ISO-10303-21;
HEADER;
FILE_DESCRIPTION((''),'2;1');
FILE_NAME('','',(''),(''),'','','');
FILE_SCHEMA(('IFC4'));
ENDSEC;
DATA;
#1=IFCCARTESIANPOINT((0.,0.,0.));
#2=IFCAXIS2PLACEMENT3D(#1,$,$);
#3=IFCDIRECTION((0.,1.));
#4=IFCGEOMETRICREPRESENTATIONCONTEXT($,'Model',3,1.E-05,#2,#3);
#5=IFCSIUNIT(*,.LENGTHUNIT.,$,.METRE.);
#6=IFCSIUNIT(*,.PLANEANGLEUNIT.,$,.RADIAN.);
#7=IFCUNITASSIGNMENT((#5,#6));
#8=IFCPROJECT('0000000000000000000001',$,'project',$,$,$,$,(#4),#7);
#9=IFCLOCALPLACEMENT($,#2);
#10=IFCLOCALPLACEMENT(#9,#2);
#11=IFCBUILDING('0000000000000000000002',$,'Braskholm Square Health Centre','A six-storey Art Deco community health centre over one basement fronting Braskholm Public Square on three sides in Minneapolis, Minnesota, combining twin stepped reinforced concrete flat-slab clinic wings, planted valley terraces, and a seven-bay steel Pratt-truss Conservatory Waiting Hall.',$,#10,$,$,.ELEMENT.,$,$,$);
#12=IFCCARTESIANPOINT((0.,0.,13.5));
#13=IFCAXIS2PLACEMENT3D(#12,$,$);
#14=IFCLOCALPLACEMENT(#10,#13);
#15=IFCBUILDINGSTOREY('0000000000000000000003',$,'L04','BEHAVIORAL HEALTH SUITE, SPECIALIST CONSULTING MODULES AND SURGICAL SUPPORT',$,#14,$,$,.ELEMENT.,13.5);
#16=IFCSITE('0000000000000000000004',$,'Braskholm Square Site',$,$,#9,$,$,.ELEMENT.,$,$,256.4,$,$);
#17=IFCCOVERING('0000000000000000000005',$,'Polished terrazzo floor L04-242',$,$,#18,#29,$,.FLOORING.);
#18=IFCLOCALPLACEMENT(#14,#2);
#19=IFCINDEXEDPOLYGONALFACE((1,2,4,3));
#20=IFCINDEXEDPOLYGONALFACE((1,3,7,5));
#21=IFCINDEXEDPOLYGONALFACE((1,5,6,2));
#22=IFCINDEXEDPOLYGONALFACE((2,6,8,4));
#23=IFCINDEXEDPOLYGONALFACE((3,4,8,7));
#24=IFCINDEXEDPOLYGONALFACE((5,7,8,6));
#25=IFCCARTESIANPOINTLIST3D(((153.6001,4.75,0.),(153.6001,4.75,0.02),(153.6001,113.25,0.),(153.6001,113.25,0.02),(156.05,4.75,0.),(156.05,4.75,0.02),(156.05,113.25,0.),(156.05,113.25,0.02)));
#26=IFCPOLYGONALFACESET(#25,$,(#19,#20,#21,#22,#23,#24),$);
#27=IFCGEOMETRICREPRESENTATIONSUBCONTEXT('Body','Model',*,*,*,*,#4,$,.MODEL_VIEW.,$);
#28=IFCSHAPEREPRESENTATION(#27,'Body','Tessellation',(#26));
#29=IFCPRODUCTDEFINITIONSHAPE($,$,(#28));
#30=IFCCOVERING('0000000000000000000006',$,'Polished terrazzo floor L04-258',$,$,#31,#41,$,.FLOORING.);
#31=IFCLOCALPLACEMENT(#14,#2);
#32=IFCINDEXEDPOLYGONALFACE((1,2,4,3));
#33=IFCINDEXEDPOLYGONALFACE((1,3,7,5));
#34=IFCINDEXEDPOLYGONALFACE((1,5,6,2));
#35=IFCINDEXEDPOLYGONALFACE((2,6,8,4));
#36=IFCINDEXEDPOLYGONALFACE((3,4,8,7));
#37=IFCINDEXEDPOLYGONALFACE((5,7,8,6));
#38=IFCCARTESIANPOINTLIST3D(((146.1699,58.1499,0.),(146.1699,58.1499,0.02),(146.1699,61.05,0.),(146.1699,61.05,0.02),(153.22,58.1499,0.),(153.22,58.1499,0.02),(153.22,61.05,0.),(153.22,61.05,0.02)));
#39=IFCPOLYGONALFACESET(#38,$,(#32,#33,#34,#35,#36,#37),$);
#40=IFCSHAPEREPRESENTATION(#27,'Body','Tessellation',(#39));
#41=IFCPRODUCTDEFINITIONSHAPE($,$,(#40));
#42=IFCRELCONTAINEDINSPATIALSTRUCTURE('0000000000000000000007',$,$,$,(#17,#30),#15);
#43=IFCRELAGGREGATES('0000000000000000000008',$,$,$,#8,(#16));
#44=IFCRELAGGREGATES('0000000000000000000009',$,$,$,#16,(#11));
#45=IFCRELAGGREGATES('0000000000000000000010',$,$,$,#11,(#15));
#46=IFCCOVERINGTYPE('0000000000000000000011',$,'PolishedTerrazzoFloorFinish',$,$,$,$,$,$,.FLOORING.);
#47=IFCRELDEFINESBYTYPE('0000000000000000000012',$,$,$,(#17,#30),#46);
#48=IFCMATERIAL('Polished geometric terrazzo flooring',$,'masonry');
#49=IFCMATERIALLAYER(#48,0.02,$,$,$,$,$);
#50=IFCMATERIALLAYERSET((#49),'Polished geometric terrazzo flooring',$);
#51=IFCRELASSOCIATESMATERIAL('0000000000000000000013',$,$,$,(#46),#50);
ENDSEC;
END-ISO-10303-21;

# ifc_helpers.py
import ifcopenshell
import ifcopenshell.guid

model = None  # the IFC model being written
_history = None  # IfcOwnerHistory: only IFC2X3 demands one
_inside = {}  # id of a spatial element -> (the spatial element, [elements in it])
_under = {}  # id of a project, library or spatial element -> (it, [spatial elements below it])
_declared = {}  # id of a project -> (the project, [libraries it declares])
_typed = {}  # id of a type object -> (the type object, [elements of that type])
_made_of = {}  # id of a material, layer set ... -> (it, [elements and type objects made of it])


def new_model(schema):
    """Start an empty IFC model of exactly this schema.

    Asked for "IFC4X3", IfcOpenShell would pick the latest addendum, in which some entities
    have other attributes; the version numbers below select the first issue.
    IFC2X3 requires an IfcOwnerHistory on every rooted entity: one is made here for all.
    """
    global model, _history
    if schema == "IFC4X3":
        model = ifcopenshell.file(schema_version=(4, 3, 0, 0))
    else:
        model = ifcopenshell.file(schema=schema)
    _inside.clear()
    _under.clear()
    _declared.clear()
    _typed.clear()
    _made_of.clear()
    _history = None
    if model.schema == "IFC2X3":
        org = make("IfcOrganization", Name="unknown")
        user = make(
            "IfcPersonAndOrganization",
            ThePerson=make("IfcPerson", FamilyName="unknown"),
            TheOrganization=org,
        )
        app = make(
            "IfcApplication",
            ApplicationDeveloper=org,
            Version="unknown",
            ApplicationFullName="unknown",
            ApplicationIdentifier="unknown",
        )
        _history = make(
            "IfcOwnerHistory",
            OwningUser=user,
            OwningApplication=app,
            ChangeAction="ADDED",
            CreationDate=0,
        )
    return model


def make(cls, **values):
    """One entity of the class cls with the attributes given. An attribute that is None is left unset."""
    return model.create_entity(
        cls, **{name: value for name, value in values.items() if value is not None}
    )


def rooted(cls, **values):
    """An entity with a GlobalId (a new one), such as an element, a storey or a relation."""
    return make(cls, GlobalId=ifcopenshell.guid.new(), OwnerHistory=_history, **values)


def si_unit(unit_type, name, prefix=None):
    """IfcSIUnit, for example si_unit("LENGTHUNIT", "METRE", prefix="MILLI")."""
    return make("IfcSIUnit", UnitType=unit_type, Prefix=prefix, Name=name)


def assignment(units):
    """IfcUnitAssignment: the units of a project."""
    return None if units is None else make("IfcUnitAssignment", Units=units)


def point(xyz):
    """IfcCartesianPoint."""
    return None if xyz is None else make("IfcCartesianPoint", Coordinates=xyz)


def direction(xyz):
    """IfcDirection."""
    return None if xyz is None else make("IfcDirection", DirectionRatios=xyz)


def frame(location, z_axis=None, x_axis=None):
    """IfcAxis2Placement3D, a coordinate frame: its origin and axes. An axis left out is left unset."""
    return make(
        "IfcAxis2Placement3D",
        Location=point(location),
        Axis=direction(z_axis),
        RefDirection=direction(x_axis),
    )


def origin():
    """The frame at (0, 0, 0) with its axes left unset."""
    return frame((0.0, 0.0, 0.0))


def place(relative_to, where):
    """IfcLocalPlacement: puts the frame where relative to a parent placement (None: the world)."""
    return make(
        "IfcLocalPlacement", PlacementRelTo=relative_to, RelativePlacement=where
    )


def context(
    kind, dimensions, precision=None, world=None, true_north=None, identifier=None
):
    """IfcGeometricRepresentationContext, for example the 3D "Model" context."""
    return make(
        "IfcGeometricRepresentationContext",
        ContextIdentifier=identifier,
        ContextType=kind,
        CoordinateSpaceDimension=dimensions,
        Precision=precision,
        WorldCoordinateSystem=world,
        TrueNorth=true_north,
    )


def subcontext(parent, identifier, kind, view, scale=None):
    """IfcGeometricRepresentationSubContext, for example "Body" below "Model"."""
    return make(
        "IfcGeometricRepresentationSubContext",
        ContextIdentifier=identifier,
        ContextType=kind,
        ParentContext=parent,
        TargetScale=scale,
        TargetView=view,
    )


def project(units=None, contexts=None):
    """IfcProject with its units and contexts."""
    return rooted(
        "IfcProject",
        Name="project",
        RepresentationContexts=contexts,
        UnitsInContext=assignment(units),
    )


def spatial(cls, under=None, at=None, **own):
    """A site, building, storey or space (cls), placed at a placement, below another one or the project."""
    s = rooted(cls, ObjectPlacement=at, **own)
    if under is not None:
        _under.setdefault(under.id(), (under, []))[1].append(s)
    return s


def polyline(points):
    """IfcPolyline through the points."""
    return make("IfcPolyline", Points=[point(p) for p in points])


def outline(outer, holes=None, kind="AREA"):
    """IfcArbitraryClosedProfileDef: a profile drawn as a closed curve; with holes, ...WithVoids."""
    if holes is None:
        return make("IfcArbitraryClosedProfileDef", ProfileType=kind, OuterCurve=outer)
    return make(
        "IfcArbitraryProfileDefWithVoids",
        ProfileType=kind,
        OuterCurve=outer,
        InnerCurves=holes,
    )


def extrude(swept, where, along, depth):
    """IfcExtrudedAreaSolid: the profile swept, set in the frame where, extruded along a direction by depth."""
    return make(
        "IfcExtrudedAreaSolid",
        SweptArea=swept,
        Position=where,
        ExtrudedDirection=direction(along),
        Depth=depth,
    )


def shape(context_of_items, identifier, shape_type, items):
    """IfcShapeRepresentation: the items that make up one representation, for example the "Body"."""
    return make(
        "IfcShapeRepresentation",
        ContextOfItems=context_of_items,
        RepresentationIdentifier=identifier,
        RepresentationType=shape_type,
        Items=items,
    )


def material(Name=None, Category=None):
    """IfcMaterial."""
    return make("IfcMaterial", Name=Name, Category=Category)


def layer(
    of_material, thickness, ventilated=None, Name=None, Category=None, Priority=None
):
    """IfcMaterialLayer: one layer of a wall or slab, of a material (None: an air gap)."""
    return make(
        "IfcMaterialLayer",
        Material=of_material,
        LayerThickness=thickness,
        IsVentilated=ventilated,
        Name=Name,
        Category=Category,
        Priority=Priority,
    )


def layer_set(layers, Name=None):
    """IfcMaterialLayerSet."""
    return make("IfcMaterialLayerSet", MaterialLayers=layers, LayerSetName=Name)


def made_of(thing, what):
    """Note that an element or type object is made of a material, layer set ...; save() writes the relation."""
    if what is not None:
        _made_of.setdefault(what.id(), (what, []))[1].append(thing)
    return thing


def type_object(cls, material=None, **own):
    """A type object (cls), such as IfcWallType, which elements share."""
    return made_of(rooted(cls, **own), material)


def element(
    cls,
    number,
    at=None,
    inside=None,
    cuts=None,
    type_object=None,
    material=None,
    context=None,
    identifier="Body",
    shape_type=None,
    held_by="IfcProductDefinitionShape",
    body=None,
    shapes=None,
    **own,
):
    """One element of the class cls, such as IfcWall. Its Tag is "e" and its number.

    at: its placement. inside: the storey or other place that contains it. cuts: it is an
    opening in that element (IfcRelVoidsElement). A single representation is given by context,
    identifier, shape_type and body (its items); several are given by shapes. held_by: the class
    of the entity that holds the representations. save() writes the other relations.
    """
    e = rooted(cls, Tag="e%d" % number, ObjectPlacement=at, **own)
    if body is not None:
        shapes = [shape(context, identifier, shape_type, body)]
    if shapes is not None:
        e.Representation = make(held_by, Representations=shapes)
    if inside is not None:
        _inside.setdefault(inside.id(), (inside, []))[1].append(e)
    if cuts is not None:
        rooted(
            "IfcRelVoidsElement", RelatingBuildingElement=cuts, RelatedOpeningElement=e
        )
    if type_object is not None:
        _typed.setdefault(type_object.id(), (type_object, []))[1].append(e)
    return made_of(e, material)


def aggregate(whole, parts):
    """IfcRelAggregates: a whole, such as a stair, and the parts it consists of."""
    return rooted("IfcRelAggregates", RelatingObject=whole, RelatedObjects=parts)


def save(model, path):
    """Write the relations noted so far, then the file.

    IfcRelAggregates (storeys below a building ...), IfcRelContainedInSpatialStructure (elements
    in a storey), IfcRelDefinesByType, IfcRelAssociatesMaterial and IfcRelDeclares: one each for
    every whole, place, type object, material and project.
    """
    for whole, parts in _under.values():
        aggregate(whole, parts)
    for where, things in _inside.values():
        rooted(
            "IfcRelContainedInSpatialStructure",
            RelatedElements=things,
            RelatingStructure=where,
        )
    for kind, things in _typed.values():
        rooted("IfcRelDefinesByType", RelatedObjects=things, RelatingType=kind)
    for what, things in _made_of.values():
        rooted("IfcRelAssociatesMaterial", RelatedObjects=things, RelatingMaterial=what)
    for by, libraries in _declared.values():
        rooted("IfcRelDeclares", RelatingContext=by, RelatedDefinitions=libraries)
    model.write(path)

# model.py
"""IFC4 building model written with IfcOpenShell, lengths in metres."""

from ifc_helpers import new_model, si_unit, direction, frame, origin, place, context, subcontext, project, spatial, polyline, outline, extrude, material, layer, layer_set, type_object, element, save


model = new_model("IFC4")

# Units and contexts
model_context = context("Model", 3, precision=1e-05, world=origin(), true_north=direction((0.0, 1.0)))
body_context = subcontext(model_context, "Body", "Model", "MODEL_VIEW")
ifc_project = project(units=[si_unit("LENGTHUNIT", "METRE"), si_unit("PLANEANGLEUNIT", "RADIAN")], contexts=[model_context])

# Site, building, storey
site_placement = place(None, origin())
site = spatial("IfcSite", under=ifc_project, at=site_placement, Name="Braskholm Square Site", CompositionType="ELEMENT", RefElevation=256.4)
building_placement = place(site_placement, origin())
building = spatial("IfcBuilding", under=site, at=building_placement, Name="Braskholm Square Health Centre", Description="A six-storey Art Deco community health centre over one basement fronting Braskholm Public Square on three sides in Minneapolis, Minnesota, combining twin stepped reinforced concrete flat-slab clinic wings, planted valley terraces, and a seven-bay steel Pratt-truss Conservatory Waiting Hall.", CompositionType="ELEMENT")
storey_placement = place(building_placement, frame((0.0, 0.0, 13.5)))
storey = spatial("IfcBuildingStorey", under=building, at=storey_placement, Name="L04", Description="BEHAVIORAL HEALTH SUITE, SPECIALIST CONSULTING MODULES AND SURGICAL SUPPORT", CompositionType="ELEMENT", Elevation=13.5)

# Coverings
ifc_material_1 = material(Name="Polished geometric terrazzo flooring", Category="masonry")
ifc_layer_1 = layer(ifc_material_1, 0.02)
ifc_layer_set_1 = layer_set([ifc_layer_1], Name="Polished geometric terrazzo flooring")
covering_type_1 = type_object("IfcCoveringType", Name="PolishedTerrazzoFloorFinish", PredefinedType="FLOORING", material=ifc_layer_set_1)
covering_1_placement = place(storey_placement, origin())
element("IfcCovering", 1, at=covering_1_placement, inside=storey, type_object=covering_type_1, Name="Polished terrazzo floor L04-242", PredefinedType="FLOORING", context=body_context, shape_type="SweptSolid", body=[
    extrude(outline(polyline([(153.6001, 4.75), (156.05, 4.75), (156.05, 113.25), (153.6001, 113.25), (153.6001, 4.75)])), origin(), (0.0, 0.0, 1.0), 0.02),
])
covering_2_placement = place(storey_placement, origin())
element("IfcCovering", 2, at=covering_2_placement, inside=storey, type_object=covering_type_1, Name="Polished terrazzo floor L04-258", PredefinedType="FLOORING", context=body_context, shape_type="SweptSolid", body=[
    extrude(outline(polyline([(146.1699, 58.1499), (153.22, 58.1499), (153.22, 61.05), (146.1699, 61.05), (146.1699, 58.1499)])), origin(), (0.0, 0.0, 1.0), 0.02),
])

save(model, "model.ifc")
